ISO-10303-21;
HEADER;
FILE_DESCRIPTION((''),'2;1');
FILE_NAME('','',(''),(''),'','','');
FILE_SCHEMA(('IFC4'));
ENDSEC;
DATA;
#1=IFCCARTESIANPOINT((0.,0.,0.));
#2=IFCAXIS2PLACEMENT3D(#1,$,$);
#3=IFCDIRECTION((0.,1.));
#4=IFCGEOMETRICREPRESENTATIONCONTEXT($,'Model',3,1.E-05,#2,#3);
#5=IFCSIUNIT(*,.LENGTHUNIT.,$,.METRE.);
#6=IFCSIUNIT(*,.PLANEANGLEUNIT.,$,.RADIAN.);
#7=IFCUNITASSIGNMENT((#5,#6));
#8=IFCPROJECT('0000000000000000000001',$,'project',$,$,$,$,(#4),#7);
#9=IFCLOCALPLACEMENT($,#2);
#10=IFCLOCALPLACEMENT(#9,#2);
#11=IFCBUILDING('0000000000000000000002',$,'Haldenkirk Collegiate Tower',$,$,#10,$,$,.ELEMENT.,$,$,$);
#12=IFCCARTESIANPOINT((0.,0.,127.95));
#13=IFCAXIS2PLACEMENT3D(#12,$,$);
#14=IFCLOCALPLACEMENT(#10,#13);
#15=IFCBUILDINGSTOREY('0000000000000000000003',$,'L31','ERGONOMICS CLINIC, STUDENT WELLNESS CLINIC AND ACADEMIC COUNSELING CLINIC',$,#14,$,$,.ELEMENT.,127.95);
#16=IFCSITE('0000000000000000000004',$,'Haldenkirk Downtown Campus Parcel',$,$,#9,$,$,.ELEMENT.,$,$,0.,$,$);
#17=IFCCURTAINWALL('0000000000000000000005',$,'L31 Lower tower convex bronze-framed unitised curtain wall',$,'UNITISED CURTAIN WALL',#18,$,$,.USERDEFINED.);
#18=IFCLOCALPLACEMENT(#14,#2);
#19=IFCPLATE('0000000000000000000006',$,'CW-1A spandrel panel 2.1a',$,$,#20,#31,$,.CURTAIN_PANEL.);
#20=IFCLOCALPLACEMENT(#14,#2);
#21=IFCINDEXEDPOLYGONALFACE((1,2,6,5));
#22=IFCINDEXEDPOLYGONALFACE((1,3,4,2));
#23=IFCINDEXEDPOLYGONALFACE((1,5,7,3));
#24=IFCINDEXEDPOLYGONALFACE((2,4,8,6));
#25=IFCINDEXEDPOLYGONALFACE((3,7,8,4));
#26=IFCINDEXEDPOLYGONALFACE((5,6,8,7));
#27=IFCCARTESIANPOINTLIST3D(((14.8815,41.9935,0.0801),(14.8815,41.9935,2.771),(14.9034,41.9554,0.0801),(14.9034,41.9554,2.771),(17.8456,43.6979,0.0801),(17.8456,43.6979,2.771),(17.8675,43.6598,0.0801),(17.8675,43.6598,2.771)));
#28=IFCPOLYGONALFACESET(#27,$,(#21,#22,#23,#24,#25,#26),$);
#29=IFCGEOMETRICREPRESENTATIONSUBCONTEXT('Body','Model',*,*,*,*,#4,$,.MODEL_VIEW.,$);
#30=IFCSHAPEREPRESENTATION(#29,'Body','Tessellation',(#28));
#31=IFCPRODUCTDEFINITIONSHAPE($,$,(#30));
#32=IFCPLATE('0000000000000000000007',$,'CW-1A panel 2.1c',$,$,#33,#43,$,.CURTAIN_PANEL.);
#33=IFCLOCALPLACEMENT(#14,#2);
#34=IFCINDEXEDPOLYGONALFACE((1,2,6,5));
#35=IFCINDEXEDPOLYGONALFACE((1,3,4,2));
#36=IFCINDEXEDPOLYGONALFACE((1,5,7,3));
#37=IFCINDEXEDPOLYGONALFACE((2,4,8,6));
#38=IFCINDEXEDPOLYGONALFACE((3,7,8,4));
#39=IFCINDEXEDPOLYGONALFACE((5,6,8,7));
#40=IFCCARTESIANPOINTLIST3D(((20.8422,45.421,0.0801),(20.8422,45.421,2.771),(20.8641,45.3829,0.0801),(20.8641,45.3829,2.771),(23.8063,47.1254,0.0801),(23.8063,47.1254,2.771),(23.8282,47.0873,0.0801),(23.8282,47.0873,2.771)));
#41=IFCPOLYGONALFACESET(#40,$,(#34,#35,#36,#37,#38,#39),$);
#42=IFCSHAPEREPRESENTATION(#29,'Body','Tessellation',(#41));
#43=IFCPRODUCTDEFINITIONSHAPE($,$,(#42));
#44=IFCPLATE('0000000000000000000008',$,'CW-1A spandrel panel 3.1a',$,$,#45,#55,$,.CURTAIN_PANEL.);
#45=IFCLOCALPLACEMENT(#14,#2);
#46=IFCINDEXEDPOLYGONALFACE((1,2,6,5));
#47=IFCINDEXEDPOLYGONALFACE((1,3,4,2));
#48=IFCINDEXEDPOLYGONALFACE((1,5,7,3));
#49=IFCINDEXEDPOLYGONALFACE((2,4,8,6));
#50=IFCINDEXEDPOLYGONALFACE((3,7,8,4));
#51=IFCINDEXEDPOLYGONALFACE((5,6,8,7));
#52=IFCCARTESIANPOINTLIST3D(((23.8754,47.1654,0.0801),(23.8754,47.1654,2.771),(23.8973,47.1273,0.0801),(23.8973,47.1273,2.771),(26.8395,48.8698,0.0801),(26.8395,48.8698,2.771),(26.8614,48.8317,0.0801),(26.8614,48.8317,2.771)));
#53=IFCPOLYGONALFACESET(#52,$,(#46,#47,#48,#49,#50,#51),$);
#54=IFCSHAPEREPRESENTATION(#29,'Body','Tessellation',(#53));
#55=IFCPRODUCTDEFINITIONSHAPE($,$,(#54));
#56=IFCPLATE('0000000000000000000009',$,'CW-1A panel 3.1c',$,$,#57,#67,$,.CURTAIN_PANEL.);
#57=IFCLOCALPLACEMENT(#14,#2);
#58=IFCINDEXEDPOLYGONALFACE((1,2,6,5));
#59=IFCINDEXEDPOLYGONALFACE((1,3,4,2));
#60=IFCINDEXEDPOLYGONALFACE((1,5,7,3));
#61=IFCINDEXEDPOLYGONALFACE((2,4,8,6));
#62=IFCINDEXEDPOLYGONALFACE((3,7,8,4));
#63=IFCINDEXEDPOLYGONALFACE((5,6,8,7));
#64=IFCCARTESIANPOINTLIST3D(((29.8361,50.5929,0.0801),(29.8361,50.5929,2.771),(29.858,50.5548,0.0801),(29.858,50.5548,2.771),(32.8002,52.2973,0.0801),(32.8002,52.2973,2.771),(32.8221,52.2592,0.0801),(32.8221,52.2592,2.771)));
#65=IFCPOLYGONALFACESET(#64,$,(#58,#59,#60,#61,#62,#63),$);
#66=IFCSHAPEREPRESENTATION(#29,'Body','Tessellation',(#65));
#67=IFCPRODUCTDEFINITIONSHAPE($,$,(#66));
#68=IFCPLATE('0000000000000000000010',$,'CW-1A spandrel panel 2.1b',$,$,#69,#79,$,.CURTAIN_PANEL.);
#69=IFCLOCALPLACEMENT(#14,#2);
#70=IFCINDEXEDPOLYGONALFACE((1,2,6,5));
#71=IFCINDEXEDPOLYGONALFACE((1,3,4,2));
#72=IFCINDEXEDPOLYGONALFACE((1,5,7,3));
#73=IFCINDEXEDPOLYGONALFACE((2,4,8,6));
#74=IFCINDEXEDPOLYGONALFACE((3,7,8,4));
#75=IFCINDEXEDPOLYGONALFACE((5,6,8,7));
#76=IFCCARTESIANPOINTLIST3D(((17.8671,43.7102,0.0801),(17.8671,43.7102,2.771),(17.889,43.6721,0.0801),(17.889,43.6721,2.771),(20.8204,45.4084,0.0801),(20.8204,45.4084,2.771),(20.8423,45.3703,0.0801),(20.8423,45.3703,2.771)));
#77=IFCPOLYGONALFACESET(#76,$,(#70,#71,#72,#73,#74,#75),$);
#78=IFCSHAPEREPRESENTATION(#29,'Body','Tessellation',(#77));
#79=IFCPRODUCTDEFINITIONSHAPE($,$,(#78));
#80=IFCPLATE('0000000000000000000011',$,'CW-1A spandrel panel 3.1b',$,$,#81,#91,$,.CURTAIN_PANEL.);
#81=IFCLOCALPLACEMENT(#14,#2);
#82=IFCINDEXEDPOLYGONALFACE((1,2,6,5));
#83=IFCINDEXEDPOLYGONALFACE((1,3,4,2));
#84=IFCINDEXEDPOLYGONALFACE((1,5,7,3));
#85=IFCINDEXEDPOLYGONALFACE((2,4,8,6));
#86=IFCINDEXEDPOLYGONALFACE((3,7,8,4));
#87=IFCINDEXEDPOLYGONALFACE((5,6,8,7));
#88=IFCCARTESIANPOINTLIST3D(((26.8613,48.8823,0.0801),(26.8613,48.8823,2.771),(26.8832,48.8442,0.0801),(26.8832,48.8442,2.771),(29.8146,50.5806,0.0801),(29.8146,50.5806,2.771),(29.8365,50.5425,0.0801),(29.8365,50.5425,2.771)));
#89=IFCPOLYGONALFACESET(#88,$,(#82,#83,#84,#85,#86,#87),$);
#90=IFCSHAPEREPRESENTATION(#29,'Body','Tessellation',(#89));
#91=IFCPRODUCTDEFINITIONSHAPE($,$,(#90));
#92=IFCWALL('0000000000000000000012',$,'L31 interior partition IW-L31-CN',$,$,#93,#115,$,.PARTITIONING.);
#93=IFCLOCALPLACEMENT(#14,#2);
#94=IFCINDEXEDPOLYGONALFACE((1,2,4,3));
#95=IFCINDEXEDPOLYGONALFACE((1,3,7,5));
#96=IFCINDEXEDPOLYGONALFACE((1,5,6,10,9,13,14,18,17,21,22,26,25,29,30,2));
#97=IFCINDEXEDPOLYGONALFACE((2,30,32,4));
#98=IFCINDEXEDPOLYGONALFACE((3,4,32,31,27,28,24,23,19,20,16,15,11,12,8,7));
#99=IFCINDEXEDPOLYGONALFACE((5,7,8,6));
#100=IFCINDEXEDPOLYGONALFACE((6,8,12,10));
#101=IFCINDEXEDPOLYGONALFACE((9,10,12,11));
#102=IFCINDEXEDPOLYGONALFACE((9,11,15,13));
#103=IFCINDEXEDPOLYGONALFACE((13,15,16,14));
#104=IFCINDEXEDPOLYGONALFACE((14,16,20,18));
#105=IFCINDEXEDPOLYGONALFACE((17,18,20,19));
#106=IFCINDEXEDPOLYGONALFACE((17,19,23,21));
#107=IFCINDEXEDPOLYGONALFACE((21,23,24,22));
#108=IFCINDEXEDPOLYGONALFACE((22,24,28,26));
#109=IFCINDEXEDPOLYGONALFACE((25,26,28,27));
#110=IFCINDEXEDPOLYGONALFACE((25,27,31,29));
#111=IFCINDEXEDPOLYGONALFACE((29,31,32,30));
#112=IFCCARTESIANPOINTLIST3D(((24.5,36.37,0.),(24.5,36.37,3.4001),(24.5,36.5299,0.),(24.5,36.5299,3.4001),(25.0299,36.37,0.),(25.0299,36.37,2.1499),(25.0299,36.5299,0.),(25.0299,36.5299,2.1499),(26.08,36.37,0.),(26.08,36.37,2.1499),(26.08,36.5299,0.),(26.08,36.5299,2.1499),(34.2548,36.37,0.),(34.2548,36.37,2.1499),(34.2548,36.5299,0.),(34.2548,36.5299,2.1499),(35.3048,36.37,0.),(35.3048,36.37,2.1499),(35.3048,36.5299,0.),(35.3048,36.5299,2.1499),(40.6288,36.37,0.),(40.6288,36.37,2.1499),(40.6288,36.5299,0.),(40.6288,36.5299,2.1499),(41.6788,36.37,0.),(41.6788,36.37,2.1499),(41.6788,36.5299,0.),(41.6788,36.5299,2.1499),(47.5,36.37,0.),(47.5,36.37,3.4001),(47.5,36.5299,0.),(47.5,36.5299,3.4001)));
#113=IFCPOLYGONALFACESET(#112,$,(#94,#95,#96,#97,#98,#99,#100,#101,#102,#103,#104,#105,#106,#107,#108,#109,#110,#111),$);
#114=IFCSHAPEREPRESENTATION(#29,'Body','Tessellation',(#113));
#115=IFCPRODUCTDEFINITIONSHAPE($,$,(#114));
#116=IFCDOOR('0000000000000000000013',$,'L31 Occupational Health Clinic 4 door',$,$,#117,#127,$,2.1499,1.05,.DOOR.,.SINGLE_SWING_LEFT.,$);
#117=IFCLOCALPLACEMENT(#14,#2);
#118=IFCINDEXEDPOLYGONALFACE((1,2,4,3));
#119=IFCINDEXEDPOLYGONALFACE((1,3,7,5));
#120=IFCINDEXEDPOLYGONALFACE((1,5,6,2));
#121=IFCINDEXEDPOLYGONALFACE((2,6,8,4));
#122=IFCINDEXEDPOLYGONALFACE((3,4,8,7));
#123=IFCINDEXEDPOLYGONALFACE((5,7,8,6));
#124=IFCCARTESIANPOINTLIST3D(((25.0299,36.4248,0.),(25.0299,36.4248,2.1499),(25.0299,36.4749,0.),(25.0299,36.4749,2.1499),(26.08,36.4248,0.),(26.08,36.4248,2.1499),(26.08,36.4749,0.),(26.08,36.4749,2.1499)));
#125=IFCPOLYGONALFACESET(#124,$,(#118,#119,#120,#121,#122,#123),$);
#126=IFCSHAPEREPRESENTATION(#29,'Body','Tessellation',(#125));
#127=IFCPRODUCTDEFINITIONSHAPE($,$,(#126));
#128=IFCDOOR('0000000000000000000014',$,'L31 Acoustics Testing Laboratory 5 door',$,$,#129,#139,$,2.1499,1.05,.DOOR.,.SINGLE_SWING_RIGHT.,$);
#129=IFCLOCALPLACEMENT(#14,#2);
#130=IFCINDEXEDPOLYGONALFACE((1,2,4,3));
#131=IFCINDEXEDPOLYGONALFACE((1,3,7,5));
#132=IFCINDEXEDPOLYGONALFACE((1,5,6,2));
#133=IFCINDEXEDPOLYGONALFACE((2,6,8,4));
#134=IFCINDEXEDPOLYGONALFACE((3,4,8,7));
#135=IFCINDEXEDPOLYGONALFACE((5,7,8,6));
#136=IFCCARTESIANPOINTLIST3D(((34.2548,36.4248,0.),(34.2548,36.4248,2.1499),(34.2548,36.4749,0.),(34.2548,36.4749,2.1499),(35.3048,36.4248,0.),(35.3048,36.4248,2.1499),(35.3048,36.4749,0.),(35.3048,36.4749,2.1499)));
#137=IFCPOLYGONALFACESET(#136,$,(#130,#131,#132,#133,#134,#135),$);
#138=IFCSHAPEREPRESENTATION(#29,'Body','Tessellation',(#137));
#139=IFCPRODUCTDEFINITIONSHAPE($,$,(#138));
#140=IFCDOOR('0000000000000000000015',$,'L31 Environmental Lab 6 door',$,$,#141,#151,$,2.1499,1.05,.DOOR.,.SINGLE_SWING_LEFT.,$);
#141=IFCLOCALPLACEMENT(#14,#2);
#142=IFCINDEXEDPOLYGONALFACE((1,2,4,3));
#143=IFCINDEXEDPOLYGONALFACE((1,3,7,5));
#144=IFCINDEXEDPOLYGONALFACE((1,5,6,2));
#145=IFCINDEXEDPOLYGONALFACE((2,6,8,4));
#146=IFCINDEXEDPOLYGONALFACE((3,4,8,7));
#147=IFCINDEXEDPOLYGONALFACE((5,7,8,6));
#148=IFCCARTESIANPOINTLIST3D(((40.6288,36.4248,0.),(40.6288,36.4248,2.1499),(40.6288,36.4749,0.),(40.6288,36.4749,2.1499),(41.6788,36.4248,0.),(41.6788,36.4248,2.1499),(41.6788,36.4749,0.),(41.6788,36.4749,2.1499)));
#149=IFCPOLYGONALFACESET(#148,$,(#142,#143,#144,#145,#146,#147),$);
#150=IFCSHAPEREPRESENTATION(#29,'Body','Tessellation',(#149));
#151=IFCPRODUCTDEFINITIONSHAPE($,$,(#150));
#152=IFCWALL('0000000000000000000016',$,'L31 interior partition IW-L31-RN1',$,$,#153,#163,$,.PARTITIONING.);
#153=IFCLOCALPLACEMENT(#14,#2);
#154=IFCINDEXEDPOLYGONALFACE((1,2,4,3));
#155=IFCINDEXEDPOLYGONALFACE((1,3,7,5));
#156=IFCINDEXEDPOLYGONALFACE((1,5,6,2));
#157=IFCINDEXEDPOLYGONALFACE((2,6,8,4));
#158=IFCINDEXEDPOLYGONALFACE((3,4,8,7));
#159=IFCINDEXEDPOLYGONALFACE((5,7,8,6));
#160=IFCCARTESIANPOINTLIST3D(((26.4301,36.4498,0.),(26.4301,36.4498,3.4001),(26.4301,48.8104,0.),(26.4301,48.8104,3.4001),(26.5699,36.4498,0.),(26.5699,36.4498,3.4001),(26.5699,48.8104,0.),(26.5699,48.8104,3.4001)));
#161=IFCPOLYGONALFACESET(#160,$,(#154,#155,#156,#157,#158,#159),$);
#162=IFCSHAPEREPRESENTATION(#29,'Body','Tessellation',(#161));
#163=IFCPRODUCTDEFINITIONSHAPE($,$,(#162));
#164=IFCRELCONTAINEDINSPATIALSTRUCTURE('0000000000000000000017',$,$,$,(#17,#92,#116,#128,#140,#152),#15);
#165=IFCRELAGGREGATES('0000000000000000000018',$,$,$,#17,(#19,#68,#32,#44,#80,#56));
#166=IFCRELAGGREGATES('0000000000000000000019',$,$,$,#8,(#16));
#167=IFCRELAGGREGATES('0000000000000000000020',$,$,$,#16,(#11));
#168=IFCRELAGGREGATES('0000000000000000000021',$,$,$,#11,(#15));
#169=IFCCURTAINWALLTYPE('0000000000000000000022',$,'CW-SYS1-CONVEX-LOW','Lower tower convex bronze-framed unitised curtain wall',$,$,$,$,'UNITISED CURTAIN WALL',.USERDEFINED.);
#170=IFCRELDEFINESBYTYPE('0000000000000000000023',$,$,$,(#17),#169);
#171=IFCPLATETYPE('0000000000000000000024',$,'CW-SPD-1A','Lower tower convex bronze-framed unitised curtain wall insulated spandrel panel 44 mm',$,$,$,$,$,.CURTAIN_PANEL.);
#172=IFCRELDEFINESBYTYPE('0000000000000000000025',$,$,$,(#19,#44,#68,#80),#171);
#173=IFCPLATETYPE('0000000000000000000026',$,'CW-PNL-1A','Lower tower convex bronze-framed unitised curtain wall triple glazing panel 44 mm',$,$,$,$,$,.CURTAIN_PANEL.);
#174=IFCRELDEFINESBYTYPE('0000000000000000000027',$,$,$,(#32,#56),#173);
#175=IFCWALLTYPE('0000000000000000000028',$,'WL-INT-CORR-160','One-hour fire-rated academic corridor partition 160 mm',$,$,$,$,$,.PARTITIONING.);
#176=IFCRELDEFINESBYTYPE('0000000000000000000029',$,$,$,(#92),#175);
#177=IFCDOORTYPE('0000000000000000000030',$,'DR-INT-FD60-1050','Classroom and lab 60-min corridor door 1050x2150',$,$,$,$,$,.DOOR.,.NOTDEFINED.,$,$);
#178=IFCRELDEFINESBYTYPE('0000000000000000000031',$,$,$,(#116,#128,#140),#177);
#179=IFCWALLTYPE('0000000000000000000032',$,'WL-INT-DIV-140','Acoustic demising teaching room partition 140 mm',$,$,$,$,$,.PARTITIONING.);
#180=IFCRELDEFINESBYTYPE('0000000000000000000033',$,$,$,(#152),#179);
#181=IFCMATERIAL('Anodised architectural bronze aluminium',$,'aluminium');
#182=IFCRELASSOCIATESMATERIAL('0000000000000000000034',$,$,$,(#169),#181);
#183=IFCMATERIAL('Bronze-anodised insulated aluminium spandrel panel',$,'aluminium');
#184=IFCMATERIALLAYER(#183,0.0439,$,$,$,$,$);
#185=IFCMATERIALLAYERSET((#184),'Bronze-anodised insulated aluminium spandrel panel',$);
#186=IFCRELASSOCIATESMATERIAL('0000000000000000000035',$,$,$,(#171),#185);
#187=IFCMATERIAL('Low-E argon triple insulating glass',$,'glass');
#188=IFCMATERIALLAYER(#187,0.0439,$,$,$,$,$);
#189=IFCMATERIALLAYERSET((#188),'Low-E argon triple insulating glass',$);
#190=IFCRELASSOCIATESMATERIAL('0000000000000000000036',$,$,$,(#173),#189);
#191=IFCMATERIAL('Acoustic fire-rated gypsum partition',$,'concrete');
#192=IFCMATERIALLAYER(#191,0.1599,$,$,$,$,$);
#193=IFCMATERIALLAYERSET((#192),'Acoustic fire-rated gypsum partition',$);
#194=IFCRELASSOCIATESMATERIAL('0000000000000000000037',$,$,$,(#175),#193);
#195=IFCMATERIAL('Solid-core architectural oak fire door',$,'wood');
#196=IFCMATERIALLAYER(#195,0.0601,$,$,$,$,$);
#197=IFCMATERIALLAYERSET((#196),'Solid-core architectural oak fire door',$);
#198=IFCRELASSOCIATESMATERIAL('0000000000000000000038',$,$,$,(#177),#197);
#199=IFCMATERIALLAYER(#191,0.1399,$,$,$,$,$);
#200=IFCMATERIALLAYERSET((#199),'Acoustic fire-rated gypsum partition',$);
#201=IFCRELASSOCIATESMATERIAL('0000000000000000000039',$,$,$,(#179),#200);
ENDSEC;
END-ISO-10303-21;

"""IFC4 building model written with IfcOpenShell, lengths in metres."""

from ifc_helpers import new_model, si_unit, direction, frame, frame_2d, origin, origin_2d, place, context, subcontext, project, spatial, rectangle, extrude, source, transform, mapped, material, layer, layer_set, type_object, element, fill, aggregate, save


model = new_model("IFC4")

# Units and contexts
model_context = context("Model", 3, precision=1e-05, world=origin(), true_north=direction((0.0, 1.0)))
body_context = subcontext(model_context, "Body", "Model", "MODEL_VIEW")
ifc_project = project(units=[si_unit("LENGTHUNIT", "METRE"), si_unit("PLANEANGLEUNIT", "RADIAN")], contexts=[model_context])

# Site, building, storey
site_placement = place(None, origin())
site = spatial("IfcSite", under=ifc_project, at=site_placement, Name="Haldenkirk Downtown Campus Parcel", CompositionType="ELEMENT", RefElevation=0.0)
building_placement = place(site_placement, origin())
building = spatial("IfcBuilding", under=site, at=building_placement, Name="Haldenkirk Collegiate Tower", CompositionType="ELEMENT")
storey_placement = place(building_placement, frame((0.0, 0.0, 127.95)))
storey = spatial("IfcBuildingStorey", under=building, at=storey_placement, Name="L31", Description="ERGONOMICS CLINIC, STUDENT WELLNESS CLINIC AND ACADEMIC COUNSELING CLINIC", CompositionType="ELEMENT", Elevation=127.95)

# Curtain wall
ifc_material_1 = material(Name="Anodised architectural bronze aluminium", Category="aluminium")
curtain_wall_type = type_object("IfcCurtainWallType", Name="CW-SYS1-CONVEX-LOW", Description="Lower tower convex bronze-framed unitised curtain wall", ElementType="UNITISED CURTAIN WALL", PredefinedType="USERDEFINED", material=ifc_material_1)
curtain_wall_placement = place(storey_placement, origin())
curtain_wall = element("IfcCurtainWall", 1, at=curtain_wall_placement, inside=storey, type_object=curtain_wall_type, Name="L31 Lower tower convex bronze-framed unitised curtain wall", ObjectType="UNITISED CURTAIN WALL", PredefinedType="USERDEFINED")

# Plates
ifc_material_2 = material(Name="Bronze-anodised insulated aluminium spandrel panel", Category="aluminium")
ifc_layer_1 = layer(ifc_material_2, 0.0439)
ifc_layer_set_1 = layer_set([ifc_layer_1], Name="Bronze-anodised insulated aluminium spandrel panel")
plate_type_1 = type_object("IfcPlateType", Name="CW-SPD-1A", Description="Lower tower convex bronze-framed unitised curtain wall insulated spandrel panel 44 mm", PredefinedType="CURTAIN_PANEL", material=ifc_layer_set_1)
shared_shape_1 = source(origin(), body_context, "Body", "SweptSolid", [
    extrude(rectangle(XDim=3.4192, YDim=0.0439, at=origin_2d()), origin(), (0.0, 0.0, 1.0), 2.6909),
])
plate_1_placement = place(storey_placement, frame((16.3745, 42.8267, 0.0801), z_axis=(0.0, 0.0, 1.0), x_axis=(0.866896, 0.498489, 0.0)))
plate_1 = element("IfcPlate", 2, at=plate_1_placement, type_object=plate_type_1, Name="CW-1A spandrel panel 2.1a", PredefinedType="CURTAIN_PANEL", context=body_context, shape_type="MappedRepresentation", body=[
    mapped(shared_shape_1, transform((0.0, 0.0, 0.0), x_axis=(1.0, 0.0, 0.0), y_axis=(0.0, 1.0, 0.0), z_axis=(0.0, 0.0, 1.0), scale=1.0)),
])
ifc_material_3 = material(Name="Low-E argon triple insulating glass", Category="glass")
ifc_layer_2 = layer(ifc_material_3, 0.0439)
ifc_layer_set_2 = layer_set([ifc_layer_2], Name="Low-E argon triple insulating glass")
plate_type_2 = type_object("IfcPlateType", Name="CW-PNL-1A", Description="Lower tower convex bronze-framed unitised curtain wall triple glazing panel 44 mm", PredefinedType="CURTAIN_PANEL", material=ifc_layer_set_2)
plate_2_placement = place(storey_placement, frame((22.3352, 46.2542, 0.0801), z_axis=(0.0, 0.0, 1.0), x_axis=(0.866896, 0.498489, 0.0)))
plate_2 = element("IfcPlate", 3, at=plate_2_placement, type_object=plate_type_2, Name="CW-1A panel 2.1c", PredefinedType="CURTAIN_PANEL", context=body_context, shape_type="MappedRepresentation", body=[
    mapped(shared_shape_1, transform((0.0, 0.0, 0.0), x_axis=(1.0, 0.0, 0.0), y_axis=(0.0, 1.0, 0.0), z_axis=(0.0, 0.0, 1.0), scale=1.0)),
])
plate_3_placement = place(storey_placement, frame((25.3684, 47.9985, 0.0801), z_axis=(0.0, 0.0, 1.0), x_axis=(0.866896, 0.498489, 0.0)))
plate_3 = element("IfcPlate", 4, at=plate_3_placement, type_object=plate_type_1, Name="CW-1A spandrel panel 3.1a", PredefinedType="CURTAIN_PANEL", context=body_context, shape_type="MappedRepresentation", body=[
    mapped(shared_shape_1, transform((0.0, 0.0, 0.0), x_axis=(1.0, 0.0, 0.0), y_axis=(0.0, 1.0, 0.0), z_axis=(0.0, 0.0, 1.0), scale=1.0)),
])
plate_4_placement = place(storey_placement, frame((31.3291, 51.426, 0.0801), z_axis=(0.0, 0.0, 1.0), x_axis=(0.866896, 0.498489, 0.0)))
plate_4 = element("IfcPlate", 5, at=plate_4_placement, type_object=plate_type_2, Name="CW-1A panel 3.1c", PredefinedType="CURTAIN_PANEL", context=body_context, shape_type="MappedRepresentation", body=[
    mapped(shared_shape_1, transform((0.0, 0.0, 0.0), x_axis=(1.0, 0.0, 0.0), y_axis=(0.0, 1.0, 0.0), z_axis=(0.0, 0.0, 1.0), scale=1.0)),
])
shared_shape_2 = source(origin(), body_context, "Body", "SweptSolid", [
    extrude(rectangle(XDim=3.4067, YDim=0.0439, at=origin_2d()), origin(), (0.0, 0.0, 1.0), 2.6909),
])
plate_5_placement = place(storey_placement, frame((19.3547, 44.5403, 0.0801), z_axis=(0.0, 0.0, 1.0), x_axis=(0.866896, 0.498489, 0.0)))
plate_5 = element("IfcPlate", 6, at=plate_5_placement, type_object=plate_type_1, Name="CW-1A spandrel panel 2.1b", PredefinedType="CURTAIN_PANEL", context=body_context, shape_type="MappedRepresentation", body=[
    mapped(shared_shape_2, transform((0.0, 0.0, 0.0), x_axis=(1.0, 0.0, 0.0), y_axis=(0.0, 1.0, 0.0), z_axis=(0.0, 0.0, 1.0), scale=1.0)),
])
plate_6_placement = place(storey_placement, frame((28.3489, 49.7124, 0.0801), z_axis=(0.0, 0.0, 1.0), x_axis=(0.866896, 0.498489, 0.0)))
plate_6 = element("IfcPlate", 7, at=plate_6_placement, type_object=plate_type_1, Name="CW-1A spandrel panel 3.1b", PredefinedType="CURTAIN_PANEL", context=body_context, shape_type="MappedRepresentation", body=[
    mapped(shared_shape_2, transform((0.0, 0.0, 0.0), x_axis=(1.0, 0.0, 0.0), y_axis=(0.0, 1.0, 0.0), z_axis=(0.0, 0.0, 1.0), scale=1.0)),
])
aggregate(curtain_wall, [plate_1, plate_5, plate_2, plate_3, plate_6, plate_4])

# Wall, openings, doors
ifc_material_4 = material(Name="Acoustic fire-rated gypsum partition", Category="concrete")
ifc_layer_3 = layer(ifc_material_4, 0.1599)
ifc_layer_set_3 = layer_set([ifc_layer_3], Name="Acoustic fire-rated gypsum partition")
wall_type_1 = type_object("IfcWallType", Name="WL-INT-CORR-160", Description="One-hour fire-rated academic corridor partition 160 mm", PredefinedType="PARTITIONING", material=ifc_layer_set_3)
wall_1_placement = place(storey_placement, frame((24.5, 36.45, 0.0), z_axis=(0.0, 0.0, 1.0), x_axis=(1.0, 0.0, 0.0)))
wall_1 = element("IfcWall", 8, at=wall_1_placement, inside=storey, type_object=wall_type_1, Name="L31 interior partition IW-L31-CN", PredefinedType="PARTITIONING", context=body_context, shape_type="SweptSolid", body=[
    extrude(rectangle(XDim=23.0, YDim=0.1599, at=frame_2d((11.5, 0.0))), origin(), (0.0, 0.0, 1.0), 3.4001),
])
opening_1_placement = place(wall_1_placement, frame((0.53, 0.0, 0.0)))
opening_1 = element("IfcOpeningElement", 9, at=opening_1_placement, cuts=wall_1, PredefinedType="OPENING", context=body_context, shape_type="SweptSolid", body=[
    extrude(rectangle(XDim=1.05, YDim=2.1499, at=frame_2d((0.5249, 1.075))), frame((0.0, 0.0898, 0.0), z_axis=(0.0, -1.0, 0.0), x_axis=(1.0, 0.0, 0.0)), (0.0, 0.0, 1.0), 0.1799),
])
opening_2_placement = place(wall_1_placement, frame((9.7549, 0.0, 0.0)))
opening_2 = element("IfcOpeningElement", 10, at=opening_2_placement, cuts=wall_1, PredefinedType="OPENING", context=body_context, shape_type="SweptSolid", body=[
    extrude(rectangle(XDim=1.05, YDim=2.1499, at=frame_2d((0.5249, 1.075))), frame((0.0, 0.0898, 0.0), z_axis=(0.0, -1.0, 0.0), x_axis=(1.0, 0.0, 0.0)), (0.0, 0.0, 1.0), 0.1799),
])
opening_3_placement = place(wall_1_placement, frame((16.1289, 0.0, 0.0)))
opening_3 = element("IfcOpeningElement", 11, at=opening_3_placement, cuts=wall_1, PredefinedType="OPENING", context=body_context, shape_type="SweptSolid", body=[
    extrude(rectangle(XDim=1.05, YDim=2.1499, at=frame_2d((0.5249, 1.075))), frame((0.0, 0.0898, 0.0), z_axis=(0.0, -1.0, 0.0), x_axis=(1.0, 0.0, 0.0)), (0.0, 0.0, 1.0), 0.1799),
])
ifc_material_5 = material(Name="Solid-core architectural oak fire door", Category="wood")
ifc_layer_4 = layer(ifc_material_5, 0.0601)
ifc_layer_set_4 = layer_set([ifc_layer_4], Name="Solid-core architectural oak fire door")
door_type = type_object("IfcDoorType", Name="DR-INT-FD60-1050", Description="Classroom and lab 60-min corridor door 1050x2150", OperationType="NOTDEFINED", PredefinedType="DOOR", material=ifc_layer_set_4)
door_1_placement = place(opening_1_placement, origin())
door_1 = element("IfcDoor", 12, at=door_1_placement, inside=storey, type_object=door_type, Name="L31 Occupational Health Clinic 4 door", OperationType="SINGLE_SWING_LEFT", OverallHeight=2.1499, OverallWidth=1.05, PredefinedType="DOOR", context=body_context, shape_type="SweptSolid", body=[
    extrude(rectangle(XDim=1.05, YDim=2.1499, at=frame_2d((0.5249, 1.075))), frame((0.0, 0.0249, 0.0), z_axis=(0.0, -1.0, 0.0), x_axis=(1.0, 0.0, 0.0)), (0.0, 0.0, 1.0), 0.05),
])
fill(opening_1, door_1)
door_2_placement = place(opening_2_placement, origin())
door_2 = element("IfcDoor", 13, at=door_2_placement, inside=storey, type_object=door_type, Name="L31 Acoustics Testing Laboratory 5 door", OperationType="SINGLE_SWING_RIGHT", OverallHeight=2.1499, OverallWidth=1.05, PredefinedType="DOOR", context=body_context, shape_type="SweptSolid", body=[
    extrude(rectangle(XDim=1.05, YDim=2.1499, at=frame_2d((0.5249, 1.075))), frame((0.0, 0.0249, 0.0), z_axis=(0.0, -1.0, 0.0), x_axis=(1.0, 0.0, 0.0)), (0.0, 0.0, 1.0), 0.05),
])
fill(opening_2, door_2)
door_3_placement = place(opening_3_placement, origin())
door_3 = element("IfcDoor", 14, at=door_3_placement, inside=storey, type_object=door_type, Name="L31 Environmental Lab 6 door", OperationType="SINGLE_SWING_LEFT", OverallHeight=2.1499, OverallWidth=1.05, PredefinedType="DOOR", context=body_context, shape_type="SweptSolid", body=[
    extrude(rectangle(XDim=1.05, YDim=2.1499, at=frame_2d((0.5249, 1.075))), frame((0.0, 0.0249, 0.0), z_axis=(0.0, -1.0, 0.0), x_axis=(1.0, 0.0, 0.0)), (0.0, 0.0, 1.0), 0.05),
])
fill(opening_3, door_3)

# Wall
ifc_layer_5 = layer(ifc_material_4, 0.1399)
ifc_layer_set_5 = layer_set([ifc_layer_5], Name="Acoustic fire-rated gypsum partition")
wall_type_2 = type_object("IfcWallType", Name="WL-INT-DIV-140", Description="Acoustic demising teaching room partition 140 mm", PredefinedType="PARTITIONING", material=ifc_layer_set_5)
wall_2_placement = place(storey_placement, frame((26.5, 36.45, 0.0), z_axis=(0.0, 0.0, 1.0), x_axis=(0.0, 1.0, 0.0)))
element("IfcWall", 15, at=wall_2_placement, inside=storey, type_object=wall_type_2, Name="L31 interior partition IW-L31-RN1", PredefinedType="PARTITIONING", context=body_context, shape_type="SweptSolid", body=[
    extrude(rectangle(XDim=12.3606, YDim=0.1399, at=frame_2d((6.1802, 0.0))), origin(), (0.0, 0.0, 1.0), 3.4001),
])

save(model, "model.ifc")
